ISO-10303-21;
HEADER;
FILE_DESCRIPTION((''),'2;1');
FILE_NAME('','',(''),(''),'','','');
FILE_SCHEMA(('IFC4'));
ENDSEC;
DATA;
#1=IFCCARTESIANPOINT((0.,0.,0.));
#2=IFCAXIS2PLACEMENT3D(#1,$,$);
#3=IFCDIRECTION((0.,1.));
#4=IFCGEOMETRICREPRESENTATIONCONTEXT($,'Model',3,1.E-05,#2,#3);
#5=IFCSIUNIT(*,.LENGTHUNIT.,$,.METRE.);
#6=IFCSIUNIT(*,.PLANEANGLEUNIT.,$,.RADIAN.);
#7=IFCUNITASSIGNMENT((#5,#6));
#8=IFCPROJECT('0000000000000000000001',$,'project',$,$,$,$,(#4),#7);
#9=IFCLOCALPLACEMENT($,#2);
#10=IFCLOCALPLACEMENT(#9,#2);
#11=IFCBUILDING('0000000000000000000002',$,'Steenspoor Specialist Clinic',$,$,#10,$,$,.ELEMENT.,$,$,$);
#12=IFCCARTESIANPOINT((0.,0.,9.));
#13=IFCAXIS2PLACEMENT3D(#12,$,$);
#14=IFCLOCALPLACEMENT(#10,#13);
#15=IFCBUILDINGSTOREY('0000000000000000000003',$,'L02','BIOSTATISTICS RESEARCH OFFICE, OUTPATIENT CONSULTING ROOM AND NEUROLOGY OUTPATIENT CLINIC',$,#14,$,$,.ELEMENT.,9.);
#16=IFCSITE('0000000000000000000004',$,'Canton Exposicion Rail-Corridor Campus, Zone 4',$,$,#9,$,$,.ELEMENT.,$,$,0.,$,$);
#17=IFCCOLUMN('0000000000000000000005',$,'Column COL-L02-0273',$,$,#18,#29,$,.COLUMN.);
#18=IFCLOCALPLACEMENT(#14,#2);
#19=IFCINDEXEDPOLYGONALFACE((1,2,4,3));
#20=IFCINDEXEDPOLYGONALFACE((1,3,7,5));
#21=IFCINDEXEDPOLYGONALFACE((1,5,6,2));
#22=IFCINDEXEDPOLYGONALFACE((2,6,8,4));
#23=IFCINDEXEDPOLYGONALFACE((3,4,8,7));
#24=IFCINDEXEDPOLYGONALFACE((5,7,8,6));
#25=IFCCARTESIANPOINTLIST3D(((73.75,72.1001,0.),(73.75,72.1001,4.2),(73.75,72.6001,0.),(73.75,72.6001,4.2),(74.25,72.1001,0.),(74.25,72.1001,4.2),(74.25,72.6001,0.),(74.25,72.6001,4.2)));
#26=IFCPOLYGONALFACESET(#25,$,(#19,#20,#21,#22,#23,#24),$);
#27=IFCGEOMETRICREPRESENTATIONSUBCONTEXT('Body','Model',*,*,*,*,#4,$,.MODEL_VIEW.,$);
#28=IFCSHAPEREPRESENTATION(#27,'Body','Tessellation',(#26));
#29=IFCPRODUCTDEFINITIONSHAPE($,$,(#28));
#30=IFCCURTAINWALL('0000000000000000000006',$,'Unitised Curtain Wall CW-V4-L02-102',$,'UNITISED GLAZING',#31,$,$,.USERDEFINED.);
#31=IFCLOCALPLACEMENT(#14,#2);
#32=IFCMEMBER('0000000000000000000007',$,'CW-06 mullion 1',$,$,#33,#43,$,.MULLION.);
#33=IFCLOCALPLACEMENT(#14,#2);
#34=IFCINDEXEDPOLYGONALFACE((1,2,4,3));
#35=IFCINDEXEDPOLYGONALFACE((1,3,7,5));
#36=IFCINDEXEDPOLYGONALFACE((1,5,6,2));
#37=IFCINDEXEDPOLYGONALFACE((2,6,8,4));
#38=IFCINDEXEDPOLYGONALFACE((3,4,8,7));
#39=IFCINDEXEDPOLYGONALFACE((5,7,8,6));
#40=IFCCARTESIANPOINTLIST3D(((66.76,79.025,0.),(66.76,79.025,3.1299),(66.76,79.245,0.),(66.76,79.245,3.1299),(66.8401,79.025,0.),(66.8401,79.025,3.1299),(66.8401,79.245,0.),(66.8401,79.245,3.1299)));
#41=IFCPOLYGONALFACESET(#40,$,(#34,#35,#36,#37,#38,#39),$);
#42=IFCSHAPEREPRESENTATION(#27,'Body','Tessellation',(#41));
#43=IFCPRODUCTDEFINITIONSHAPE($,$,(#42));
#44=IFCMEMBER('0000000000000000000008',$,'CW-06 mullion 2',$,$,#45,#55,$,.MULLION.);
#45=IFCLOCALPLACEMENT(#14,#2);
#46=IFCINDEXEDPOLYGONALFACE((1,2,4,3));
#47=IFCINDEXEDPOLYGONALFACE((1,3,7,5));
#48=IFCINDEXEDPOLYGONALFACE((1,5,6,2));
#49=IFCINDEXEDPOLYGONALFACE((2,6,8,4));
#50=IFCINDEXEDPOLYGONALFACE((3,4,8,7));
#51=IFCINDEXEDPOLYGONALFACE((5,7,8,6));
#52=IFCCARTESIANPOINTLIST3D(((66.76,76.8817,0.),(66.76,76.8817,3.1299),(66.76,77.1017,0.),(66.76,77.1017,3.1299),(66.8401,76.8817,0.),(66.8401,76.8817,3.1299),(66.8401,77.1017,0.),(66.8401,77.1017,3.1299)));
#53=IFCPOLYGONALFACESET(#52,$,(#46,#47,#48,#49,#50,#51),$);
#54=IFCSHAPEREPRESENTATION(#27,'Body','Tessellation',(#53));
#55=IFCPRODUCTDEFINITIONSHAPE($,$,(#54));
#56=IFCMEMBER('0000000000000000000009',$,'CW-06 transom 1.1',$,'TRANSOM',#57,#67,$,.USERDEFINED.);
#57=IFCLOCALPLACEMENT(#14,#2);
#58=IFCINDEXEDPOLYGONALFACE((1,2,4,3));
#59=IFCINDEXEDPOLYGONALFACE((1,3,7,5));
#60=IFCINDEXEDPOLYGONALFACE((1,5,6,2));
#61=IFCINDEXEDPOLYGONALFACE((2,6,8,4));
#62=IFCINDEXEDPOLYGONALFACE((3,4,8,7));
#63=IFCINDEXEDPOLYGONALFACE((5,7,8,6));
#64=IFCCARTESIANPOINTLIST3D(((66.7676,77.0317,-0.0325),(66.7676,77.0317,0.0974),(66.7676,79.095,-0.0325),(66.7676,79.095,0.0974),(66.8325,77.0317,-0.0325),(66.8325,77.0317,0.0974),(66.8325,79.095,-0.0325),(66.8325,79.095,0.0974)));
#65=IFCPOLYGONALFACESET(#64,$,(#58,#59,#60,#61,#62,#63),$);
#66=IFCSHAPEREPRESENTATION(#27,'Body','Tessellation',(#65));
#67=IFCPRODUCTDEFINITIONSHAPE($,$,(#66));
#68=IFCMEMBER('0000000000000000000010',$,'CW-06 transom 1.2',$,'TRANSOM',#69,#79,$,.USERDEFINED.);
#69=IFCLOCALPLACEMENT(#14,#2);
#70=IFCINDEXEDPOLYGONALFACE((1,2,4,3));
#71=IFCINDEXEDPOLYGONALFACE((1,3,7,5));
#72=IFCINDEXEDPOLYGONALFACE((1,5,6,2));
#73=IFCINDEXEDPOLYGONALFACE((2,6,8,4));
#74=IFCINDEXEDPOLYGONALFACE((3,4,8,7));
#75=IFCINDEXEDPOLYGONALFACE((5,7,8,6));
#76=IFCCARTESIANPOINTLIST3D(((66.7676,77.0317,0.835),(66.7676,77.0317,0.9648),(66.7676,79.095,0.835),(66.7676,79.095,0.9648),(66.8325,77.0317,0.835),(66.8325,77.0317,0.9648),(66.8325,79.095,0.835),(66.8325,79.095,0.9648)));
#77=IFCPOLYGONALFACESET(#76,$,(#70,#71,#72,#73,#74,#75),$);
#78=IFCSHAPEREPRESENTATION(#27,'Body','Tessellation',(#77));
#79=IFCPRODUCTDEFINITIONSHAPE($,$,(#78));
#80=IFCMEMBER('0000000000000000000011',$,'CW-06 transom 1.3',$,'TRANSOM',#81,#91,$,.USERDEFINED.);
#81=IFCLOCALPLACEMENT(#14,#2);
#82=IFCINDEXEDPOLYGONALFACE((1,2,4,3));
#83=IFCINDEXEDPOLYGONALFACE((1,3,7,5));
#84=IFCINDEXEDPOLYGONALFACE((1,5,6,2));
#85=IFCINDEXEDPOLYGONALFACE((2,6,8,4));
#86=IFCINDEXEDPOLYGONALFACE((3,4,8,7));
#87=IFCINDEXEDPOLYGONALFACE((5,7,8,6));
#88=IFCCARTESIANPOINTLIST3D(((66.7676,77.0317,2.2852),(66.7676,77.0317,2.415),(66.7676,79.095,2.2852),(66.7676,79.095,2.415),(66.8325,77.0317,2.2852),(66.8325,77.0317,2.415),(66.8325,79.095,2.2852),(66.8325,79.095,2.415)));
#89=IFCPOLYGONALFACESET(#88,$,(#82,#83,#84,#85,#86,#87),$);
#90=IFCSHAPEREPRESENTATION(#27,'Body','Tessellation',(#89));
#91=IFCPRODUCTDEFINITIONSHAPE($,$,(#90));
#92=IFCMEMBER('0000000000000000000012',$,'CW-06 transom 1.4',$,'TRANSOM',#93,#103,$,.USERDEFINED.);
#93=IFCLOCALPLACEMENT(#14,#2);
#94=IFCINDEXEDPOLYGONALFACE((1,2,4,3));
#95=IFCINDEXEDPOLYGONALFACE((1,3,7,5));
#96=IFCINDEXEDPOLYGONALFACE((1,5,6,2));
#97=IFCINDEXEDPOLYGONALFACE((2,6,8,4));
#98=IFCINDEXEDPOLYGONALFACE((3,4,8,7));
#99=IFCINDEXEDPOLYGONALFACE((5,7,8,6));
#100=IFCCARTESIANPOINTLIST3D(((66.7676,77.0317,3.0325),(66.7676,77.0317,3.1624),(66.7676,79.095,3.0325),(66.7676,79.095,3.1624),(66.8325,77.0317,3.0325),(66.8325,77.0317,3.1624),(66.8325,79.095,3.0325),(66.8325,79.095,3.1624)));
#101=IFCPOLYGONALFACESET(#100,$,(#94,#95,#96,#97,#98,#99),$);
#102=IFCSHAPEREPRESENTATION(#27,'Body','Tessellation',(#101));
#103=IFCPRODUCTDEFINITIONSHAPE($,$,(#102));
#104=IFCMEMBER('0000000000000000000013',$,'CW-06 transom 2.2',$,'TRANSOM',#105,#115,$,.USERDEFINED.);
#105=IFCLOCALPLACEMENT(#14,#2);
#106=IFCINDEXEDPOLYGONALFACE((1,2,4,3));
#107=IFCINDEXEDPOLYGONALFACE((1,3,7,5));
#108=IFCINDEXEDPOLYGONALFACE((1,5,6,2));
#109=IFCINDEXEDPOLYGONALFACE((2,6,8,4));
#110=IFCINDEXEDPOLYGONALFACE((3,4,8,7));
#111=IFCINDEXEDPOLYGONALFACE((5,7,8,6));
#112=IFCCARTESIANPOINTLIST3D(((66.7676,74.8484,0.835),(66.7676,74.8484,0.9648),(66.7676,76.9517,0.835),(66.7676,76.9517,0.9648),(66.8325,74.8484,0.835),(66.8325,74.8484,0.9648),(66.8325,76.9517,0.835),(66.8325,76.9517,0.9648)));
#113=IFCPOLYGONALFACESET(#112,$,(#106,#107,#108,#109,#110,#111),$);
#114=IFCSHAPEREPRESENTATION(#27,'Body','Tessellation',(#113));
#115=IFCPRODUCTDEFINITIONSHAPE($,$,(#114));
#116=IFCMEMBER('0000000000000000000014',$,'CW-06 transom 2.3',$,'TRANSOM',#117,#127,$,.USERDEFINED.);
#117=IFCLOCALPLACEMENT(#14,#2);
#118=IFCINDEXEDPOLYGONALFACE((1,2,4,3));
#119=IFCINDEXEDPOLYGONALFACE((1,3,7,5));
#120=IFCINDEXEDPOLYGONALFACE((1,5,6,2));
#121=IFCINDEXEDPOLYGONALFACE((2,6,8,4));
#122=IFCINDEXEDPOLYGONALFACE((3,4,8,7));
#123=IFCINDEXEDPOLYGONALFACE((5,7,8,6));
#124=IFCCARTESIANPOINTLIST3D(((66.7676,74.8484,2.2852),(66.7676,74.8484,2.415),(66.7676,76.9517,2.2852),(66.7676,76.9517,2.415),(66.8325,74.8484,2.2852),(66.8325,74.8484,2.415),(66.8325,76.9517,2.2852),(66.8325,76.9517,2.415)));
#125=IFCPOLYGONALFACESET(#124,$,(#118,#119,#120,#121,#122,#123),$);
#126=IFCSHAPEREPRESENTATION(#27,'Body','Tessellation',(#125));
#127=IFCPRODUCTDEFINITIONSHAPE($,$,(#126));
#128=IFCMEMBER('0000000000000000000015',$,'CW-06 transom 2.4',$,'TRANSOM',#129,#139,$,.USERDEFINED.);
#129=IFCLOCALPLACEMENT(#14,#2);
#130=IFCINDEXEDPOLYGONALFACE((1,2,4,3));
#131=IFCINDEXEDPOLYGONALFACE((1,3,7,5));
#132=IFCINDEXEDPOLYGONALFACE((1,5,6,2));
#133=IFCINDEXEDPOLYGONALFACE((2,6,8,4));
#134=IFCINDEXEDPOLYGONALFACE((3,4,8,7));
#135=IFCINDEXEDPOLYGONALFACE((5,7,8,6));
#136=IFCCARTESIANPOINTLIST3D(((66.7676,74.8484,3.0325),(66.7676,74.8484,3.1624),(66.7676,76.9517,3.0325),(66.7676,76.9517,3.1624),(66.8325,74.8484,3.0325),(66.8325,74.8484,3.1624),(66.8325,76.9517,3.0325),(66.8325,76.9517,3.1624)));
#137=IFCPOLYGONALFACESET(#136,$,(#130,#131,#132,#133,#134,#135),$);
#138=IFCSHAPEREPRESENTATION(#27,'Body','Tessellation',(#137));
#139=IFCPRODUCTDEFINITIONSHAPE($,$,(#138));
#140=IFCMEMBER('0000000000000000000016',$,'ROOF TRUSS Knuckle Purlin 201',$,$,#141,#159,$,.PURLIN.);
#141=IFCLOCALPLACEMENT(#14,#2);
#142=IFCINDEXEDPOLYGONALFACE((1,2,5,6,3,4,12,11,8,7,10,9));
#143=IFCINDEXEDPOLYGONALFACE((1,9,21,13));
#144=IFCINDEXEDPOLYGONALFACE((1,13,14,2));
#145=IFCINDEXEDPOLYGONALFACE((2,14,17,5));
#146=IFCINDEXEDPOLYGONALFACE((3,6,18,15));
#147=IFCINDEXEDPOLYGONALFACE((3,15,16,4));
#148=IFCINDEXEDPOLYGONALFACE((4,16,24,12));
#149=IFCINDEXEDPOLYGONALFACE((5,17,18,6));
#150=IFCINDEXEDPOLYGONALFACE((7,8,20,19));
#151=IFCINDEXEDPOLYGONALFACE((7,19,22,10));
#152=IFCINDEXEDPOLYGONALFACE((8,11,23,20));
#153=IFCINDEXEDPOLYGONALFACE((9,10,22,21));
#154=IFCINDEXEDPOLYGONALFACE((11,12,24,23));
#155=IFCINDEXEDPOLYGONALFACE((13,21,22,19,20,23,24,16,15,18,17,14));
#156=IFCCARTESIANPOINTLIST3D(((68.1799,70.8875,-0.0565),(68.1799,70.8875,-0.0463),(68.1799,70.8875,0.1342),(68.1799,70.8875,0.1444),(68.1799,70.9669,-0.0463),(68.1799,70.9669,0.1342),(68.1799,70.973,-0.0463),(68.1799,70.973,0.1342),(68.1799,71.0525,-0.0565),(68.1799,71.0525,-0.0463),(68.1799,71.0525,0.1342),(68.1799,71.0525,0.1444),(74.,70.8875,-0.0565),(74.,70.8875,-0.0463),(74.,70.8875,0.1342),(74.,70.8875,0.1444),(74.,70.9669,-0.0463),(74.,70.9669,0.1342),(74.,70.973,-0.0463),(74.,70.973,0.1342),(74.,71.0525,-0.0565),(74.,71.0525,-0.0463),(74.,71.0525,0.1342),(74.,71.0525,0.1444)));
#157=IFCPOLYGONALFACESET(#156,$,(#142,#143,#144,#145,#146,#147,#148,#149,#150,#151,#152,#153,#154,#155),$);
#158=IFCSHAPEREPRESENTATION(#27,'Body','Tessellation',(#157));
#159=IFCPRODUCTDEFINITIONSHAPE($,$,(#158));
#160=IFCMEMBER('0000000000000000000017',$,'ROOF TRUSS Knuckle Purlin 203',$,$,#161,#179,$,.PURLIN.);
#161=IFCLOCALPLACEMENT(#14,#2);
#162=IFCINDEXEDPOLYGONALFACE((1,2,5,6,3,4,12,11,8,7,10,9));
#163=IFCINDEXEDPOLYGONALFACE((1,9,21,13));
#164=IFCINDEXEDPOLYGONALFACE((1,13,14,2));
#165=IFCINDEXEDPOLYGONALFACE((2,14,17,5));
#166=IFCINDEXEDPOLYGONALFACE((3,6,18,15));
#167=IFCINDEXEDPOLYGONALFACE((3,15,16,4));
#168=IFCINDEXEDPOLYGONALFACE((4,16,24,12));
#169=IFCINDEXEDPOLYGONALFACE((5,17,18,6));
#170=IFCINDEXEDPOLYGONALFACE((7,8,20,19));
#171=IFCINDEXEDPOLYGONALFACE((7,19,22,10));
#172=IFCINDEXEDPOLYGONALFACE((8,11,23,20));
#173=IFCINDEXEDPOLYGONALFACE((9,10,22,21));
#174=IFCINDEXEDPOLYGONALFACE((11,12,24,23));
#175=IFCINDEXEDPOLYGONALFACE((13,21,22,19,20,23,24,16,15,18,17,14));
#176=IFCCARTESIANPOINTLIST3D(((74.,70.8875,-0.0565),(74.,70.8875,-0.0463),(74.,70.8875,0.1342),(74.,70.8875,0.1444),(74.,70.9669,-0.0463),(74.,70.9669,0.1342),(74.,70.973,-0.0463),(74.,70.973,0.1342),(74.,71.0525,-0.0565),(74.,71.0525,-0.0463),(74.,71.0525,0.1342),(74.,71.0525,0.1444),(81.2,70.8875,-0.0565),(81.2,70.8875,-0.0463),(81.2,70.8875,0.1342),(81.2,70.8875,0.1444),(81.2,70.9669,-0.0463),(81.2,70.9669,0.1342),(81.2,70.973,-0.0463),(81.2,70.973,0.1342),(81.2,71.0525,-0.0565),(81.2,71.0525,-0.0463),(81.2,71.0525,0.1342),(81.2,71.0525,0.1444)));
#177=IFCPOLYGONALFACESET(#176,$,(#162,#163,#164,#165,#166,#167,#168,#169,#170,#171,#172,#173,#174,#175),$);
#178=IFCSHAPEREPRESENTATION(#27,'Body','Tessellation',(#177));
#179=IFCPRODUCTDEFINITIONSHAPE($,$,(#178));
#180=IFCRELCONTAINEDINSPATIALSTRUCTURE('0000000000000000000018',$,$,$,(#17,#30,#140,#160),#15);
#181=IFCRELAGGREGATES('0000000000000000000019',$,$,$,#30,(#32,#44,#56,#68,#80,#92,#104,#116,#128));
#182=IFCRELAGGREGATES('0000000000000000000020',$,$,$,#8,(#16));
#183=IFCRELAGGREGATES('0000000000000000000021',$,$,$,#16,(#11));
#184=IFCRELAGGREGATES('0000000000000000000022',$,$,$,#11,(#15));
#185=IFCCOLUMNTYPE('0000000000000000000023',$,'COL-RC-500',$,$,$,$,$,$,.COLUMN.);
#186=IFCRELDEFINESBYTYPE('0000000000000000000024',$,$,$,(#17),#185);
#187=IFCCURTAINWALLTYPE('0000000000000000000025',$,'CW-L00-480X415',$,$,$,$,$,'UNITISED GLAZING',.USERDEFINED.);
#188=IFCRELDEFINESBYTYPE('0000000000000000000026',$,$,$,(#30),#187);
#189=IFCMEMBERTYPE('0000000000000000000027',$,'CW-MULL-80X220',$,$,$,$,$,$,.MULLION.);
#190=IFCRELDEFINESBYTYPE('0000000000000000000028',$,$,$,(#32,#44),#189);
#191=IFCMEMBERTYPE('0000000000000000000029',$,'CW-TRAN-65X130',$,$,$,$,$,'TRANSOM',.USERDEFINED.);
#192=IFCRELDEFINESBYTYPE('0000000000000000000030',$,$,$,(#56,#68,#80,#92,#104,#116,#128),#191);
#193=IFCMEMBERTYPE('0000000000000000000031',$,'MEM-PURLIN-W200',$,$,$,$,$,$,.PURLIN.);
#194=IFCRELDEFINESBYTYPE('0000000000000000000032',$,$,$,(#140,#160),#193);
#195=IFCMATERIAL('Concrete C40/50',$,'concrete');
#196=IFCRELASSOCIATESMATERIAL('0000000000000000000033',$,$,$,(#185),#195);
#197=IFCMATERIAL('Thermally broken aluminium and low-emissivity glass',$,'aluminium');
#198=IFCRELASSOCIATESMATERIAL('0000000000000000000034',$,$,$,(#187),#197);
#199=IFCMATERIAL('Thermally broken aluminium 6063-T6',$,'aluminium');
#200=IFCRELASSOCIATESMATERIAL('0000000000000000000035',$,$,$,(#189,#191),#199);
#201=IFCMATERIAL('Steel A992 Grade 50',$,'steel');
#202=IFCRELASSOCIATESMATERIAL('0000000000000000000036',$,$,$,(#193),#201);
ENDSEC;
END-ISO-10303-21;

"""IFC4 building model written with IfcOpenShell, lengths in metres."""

from ifc_helpers import new_model, si_unit, direction, frame, origin, origin_2d, place, context, subcontext, project, spatial, rectangle, i_section, extrude, material, material_profile, profile_set, type_object, element, aggregate, save


model = new_model("IFC4")

# Units and contexts
model_context = context("Model", 3, precision=1e-05, world=origin(), true_north=direction((0.0, 1.0)))
body_context = subcontext(model_context, "Body", "Model", "MODEL_VIEW")
ifc_project = project(units=[si_unit("LENGTHUNIT", "METRE"), si_unit("PLANEANGLEUNIT", "RADIAN")], contexts=[model_context])

# Site, building, storey
site_placement = place(None, origin())
site = spatial("IfcSite", under=ifc_project, at=site_placement, Name="Canton Exposicion Rail-Corridor Campus, Zone 4", CompositionType="ELEMENT", RefElevation=0.0)
building_placement = place(site_placement, origin())
building = spatial("IfcBuilding", under=site, at=building_placement, Name="Steenspoor Specialist Clinic", CompositionType="ELEMENT")
storey_placement = place(building_placement, frame((0.0, 0.0, 9.0)))
storey = spatial("IfcBuildingStorey", under=building, at=storey_placement, Name="L02", Description="BIOSTATISTICS RESEARCH OFFICE, OUTPATIENT CONSULTING ROOM AND NEUROLOGY OUTPATIENT CLINIC", CompositionType="ELEMENT", Elevation=9.0)

# Column
ifc_material_1 = material(Name="Concrete C40/50", Category="concrete")
ifc_material_profile_1 = material_profile(ifc_material_1, rectangle(XDim=0.5, YDim=0.5, at=origin_2d()), Name="RC-COL-500X500")
ifc_profile_set_1 = profile_set([ifc_material_profile_1], Name="Concrete C40/50")
column_type = type_object("IfcColumnType", Name="COL-RC-500", PredefinedType="COLUMN", material=ifc_profile_set_1)
column_placement = place(storey_placement, frame((74.0, 72.3501, 0.0), z_axis=(0.0, 0.0, 1.0), x_axis=(1.0, 0.0, 0.0)))
element("IfcColumn", 1, at=column_placement, inside=storey, type_object=column_type, Name="Column COL-L02-0273", PredefinedType="COLUMN", context=body_context, shape_type="SweptSolid", body=[
    extrude(rectangle(XDim=0.5, YDim=0.5, at=origin_2d()), origin(), (0.0, 0.0, 1.0), 4.2),
])

# Curtain wall, members
ifc_material_2 = material(Name="Thermally broken aluminium and low-emissivity glass", Category="aluminium")
curtain_wall_type = type_object("IfcCurtainWallType", Name="CW-L00-480X415", ElementType="UNITISED GLAZING", PredefinedType="USERDEFINED", material=ifc_material_2)
curtain_wall_placement = place(storey_placement, origin())
curtain_wall = element("IfcCurtainWall", 2, at=curtain_wall_placement, inside=storey, type_object=curtain_wall_type, Name="Unitised Curtain Wall CW-V4-L02-102", ObjectType="UNITISED GLAZING", PredefinedType="USERDEFINED")
ifc_material_3 = material(Name="Thermally broken aluminium 6063-T6", Category="aluminium")
ifc_material_profile_2 = material_profile(ifc_material_3, rectangle(XDim=0.0801, YDim=0.22, at=origin_2d()), Name="CWM-80X220")
ifc_profile_set_2 = profile_set([ifc_material_profile_2], Name="Thermally broken aluminium 6063-T6")
member_type_1 = type_object("IfcMemberType", Name="CW-MULL-80X220", PredefinedType="MULLION", material=ifc_profile_set_2)
member_1_placement = place(storey_placement, frame((66.8, 79.135, 0.0), z_axis=(0.0, 0.0, 1.0), x_axis=(1.0, 0.0, 0.0)))
member_1 = element("IfcMember", 3, at=member_1_placement, type_object=member_type_1, Name="CW-06 mullion 1", PredefinedType="MULLION", context=body_context, shape_type="SweptSolid", body=[
    extrude(rectangle(XDim=0.0801, YDim=0.22, at=origin_2d()), origin(), (0.0, 0.0, 1.0), 3.1299),
])
member_2_placement = place(storey_placement, frame((66.8, 76.9917, 0.0), z_axis=(0.0, 0.0, 1.0), x_axis=(1.0, 0.0, 0.0)))
member_2 = element("IfcMember", 4, at=member_2_placement, type_object=member_type_1, Name="CW-06 mullion 2", PredefinedType="MULLION", context=body_context, shape_type="SweptSolid", body=[
    extrude(rectangle(XDim=0.0801, YDim=0.22, at=origin_2d()), origin(), (0.0, 0.0, 1.0), 3.1299),
])
ifc_material_profile_3 = material_profile(ifc_material_3, rectangle(XDim=0.0649, YDim=0.1299, at=origin_2d()), Name="CWT-65X130")
ifc_profile_set_3 = profile_set([ifc_material_profile_3], Name="Thermally broken aluminium 6063-T6")
member_type_2 = type_object("IfcMemberType", Name="CW-TRAN-65X130", ElementType="TRANSOM", PredefinedType="USERDEFINED", material=ifc_profile_set_3)
member_3_placement = place(storey_placement, frame((66.8, 79.095, 0.0325), z_axis=(0.0, -1.0, 0.0), x_axis=(1.0, 0.0, 0.0)))
member_3 = element("IfcMember", 5, at=member_3_placement, type_object=member_type_2, Name="CW-06 transom 1.1", ObjectType="TRANSOM", PredefinedType="USERDEFINED", context=body_context, shape_type="SweptSolid", body=[
    extrude(rectangle(XDim=0.0649, YDim=0.1299, at=origin_2d()), origin(), (0.0, 0.0, 1.0), 2.0632),
])
member_4_placement = place(storey_placement, frame((66.8, 79.095, 0.8999), z_axis=(0.0, -1.0, 0.0), x_axis=(1.0, 0.0, 0.0)))
member_4 = element("IfcMember", 6, at=member_4_placement, type_object=member_type_2, Name="CW-06 transom 1.2", ObjectType="TRANSOM", PredefinedType="USERDEFINED", context=body_context, shape_type="SweptSolid", body=[
    extrude(rectangle(XDim=0.0649, YDim=0.1299, at=origin_2d()), origin(), (0.0, 0.0, 1.0), 2.0632),
])
member_5_placement = place(storey_placement, frame((66.8, 79.095, 2.3501), z_axis=(0.0, -1.0, 0.0), x_axis=(1.0, 0.0, 0.0)))
member_5 = element("IfcMember", 7, at=member_5_placement, type_object=member_type_2, Name="CW-06 transom 1.3", ObjectType="TRANSOM", PredefinedType="USERDEFINED", context=body_context, shape_type="SweptSolid", body=[
    extrude(rectangle(XDim=0.0649, YDim=0.1299, at=origin_2d()), origin(), (0.0, 0.0, 1.0), 2.0632),
])
member_6_placement = place(storey_placement, frame((66.8, 79.095, 3.0974), z_axis=(0.0, -1.0, 0.0), x_axis=(1.0, 0.0, 0.0)))
member_6 = element("IfcMember", 8, at=member_6_placement, type_object=member_type_2, Name="CW-06 transom 1.4", ObjectType="TRANSOM", PredefinedType="USERDEFINED", context=body_context, shape_type="SweptSolid", body=[
    extrude(rectangle(XDim=0.0649, YDim=0.1299, at=origin_2d()), origin(), (0.0, 0.0, 1.0), 2.0632),
])
member_7_placement = place(storey_placement, frame((66.8, 76.9517, 0.8999), z_axis=(0.0, -1.0, 0.0), x_axis=(1.0, 0.0, 0.0)))
member_7 = element("IfcMember", 9, at=member_7_placement, type_object=member_type_2, Name="CW-06 transom 2.2", ObjectType="TRANSOM", PredefinedType="USERDEFINED", context=body_context, shape_type="SweptSolid", body=[
    extrude(rectangle(XDim=0.0649, YDim=0.1299, at=origin_2d()), origin(), (0.0, 0.0, 1.0), 2.1033),
])
member_8_placement = place(storey_placement, frame((66.8, 76.9517, 2.3501), z_axis=(0.0, -1.0, 0.0), x_axis=(1.0, 0.0, 0.0)))
member_8 = element("IfcMember", 10, at=member_8_placement, type_object=member_type_2, Name="CW-06 transom 2.3", ObjectType="TRANSOM", PredefinedType="USERDEFINED", context=body_context, shape_type="SweptSolid", body=[
    extrude(rectangle(XDim=0.0649, YDim=0.1299, at=origin_2d()), origin(), (0.0, 0.0, 1.0), 2.1033),
])
member_9_placement = place(storey_placement, frame((66.8, 76.9517, 3.0974), z_axis=(0.0, -1.0, 0.0), x_axis=(1.0, 0.0, 0.0)))
member_9 = element("IfcMember", 11, at=member_9_placement, type_object=member_type_2, Name="CW-06 transom 2.4", ObjectType="TRANSOM", PredefinedType="USERDEFINED", context=body_context, shape_type="SweptSolid", body=[
    extrude(rectangle(XDim=0.0649, YDim=0.1299, at=origin_2d()), origin(), (0.0, 0.0, 1.0), 2.1033),
])

# Members
ifc_material_4 = material(Name="Steel A992 Grade 50", Category="steel")
ifc_material_profile_4 = material_profile(ifc_material_4, i_section(OverallWidth=0.165, OverallDepth=0.2009, WebThickness=0.0061, FlangeThickness=0.0103, at=origin_2d()), Name="W200X36")
ifc_profile_set_4 = profile_set([ifc_material_profile_4], Name="Steel A992 Grade 50")
member_type_3 = type_object("IfcMemberType", Name="MEM-PURLIN-W200", PredefinedType="PURLIN", material=ifc_profile_set_4)
member_10_placement = place(storey_placement, frame((68.1799, 70.97, 0.0439), z_axis=(1.0, 0.0, 0.0), x_axis=(0.0, 1.0, 0.0)))
element("IfcMember", 12, at=member_10_placement, inside=storey, type_object=member_type_3, Name="ROOF TRUSS Knuckle Purlin 201", PredefinedType="PURLIN", context=body_context, shape_type="SweptSolid", body=[
    extrude(i_section(OverallWidth=0.165, OverallDepth=0.2009, WebThickness=0.0061, FlangeThickness=0.0103, at=origin_2d()), origin(), (0.0, 0.0, 1.0), 5.8201),
])
member_11_placement = place(storey_placement, frame((74.0, 70.97, 0.0439), z_axis=(1.0, 0.0, 0.0), x_axis=(0.0, 1.0, 0.0)))
element("IfcMember", 13, at=member_11_placement, inside=storey, type_object=member_type_3, Name="ROOF TRUSS Knuckle Purlin 203", PredefinedType="PURLIN", context=body_context, shape_type="SweptSolid", body=[
    extrude(i_section(OverallWidth=0.165, OverallDepth=0.2009, WebThickness=0.0061, FlangeThickness=0.0103, at=origin_2d()), origin(), (0.0, 0.0, 1.0), 7.2),
])

aggregate(curtain_wall, [member_1, member_2, member_3, member_4, member_5, member_6, member_7, member_8, member_9])

save(model, "model.ifc")
